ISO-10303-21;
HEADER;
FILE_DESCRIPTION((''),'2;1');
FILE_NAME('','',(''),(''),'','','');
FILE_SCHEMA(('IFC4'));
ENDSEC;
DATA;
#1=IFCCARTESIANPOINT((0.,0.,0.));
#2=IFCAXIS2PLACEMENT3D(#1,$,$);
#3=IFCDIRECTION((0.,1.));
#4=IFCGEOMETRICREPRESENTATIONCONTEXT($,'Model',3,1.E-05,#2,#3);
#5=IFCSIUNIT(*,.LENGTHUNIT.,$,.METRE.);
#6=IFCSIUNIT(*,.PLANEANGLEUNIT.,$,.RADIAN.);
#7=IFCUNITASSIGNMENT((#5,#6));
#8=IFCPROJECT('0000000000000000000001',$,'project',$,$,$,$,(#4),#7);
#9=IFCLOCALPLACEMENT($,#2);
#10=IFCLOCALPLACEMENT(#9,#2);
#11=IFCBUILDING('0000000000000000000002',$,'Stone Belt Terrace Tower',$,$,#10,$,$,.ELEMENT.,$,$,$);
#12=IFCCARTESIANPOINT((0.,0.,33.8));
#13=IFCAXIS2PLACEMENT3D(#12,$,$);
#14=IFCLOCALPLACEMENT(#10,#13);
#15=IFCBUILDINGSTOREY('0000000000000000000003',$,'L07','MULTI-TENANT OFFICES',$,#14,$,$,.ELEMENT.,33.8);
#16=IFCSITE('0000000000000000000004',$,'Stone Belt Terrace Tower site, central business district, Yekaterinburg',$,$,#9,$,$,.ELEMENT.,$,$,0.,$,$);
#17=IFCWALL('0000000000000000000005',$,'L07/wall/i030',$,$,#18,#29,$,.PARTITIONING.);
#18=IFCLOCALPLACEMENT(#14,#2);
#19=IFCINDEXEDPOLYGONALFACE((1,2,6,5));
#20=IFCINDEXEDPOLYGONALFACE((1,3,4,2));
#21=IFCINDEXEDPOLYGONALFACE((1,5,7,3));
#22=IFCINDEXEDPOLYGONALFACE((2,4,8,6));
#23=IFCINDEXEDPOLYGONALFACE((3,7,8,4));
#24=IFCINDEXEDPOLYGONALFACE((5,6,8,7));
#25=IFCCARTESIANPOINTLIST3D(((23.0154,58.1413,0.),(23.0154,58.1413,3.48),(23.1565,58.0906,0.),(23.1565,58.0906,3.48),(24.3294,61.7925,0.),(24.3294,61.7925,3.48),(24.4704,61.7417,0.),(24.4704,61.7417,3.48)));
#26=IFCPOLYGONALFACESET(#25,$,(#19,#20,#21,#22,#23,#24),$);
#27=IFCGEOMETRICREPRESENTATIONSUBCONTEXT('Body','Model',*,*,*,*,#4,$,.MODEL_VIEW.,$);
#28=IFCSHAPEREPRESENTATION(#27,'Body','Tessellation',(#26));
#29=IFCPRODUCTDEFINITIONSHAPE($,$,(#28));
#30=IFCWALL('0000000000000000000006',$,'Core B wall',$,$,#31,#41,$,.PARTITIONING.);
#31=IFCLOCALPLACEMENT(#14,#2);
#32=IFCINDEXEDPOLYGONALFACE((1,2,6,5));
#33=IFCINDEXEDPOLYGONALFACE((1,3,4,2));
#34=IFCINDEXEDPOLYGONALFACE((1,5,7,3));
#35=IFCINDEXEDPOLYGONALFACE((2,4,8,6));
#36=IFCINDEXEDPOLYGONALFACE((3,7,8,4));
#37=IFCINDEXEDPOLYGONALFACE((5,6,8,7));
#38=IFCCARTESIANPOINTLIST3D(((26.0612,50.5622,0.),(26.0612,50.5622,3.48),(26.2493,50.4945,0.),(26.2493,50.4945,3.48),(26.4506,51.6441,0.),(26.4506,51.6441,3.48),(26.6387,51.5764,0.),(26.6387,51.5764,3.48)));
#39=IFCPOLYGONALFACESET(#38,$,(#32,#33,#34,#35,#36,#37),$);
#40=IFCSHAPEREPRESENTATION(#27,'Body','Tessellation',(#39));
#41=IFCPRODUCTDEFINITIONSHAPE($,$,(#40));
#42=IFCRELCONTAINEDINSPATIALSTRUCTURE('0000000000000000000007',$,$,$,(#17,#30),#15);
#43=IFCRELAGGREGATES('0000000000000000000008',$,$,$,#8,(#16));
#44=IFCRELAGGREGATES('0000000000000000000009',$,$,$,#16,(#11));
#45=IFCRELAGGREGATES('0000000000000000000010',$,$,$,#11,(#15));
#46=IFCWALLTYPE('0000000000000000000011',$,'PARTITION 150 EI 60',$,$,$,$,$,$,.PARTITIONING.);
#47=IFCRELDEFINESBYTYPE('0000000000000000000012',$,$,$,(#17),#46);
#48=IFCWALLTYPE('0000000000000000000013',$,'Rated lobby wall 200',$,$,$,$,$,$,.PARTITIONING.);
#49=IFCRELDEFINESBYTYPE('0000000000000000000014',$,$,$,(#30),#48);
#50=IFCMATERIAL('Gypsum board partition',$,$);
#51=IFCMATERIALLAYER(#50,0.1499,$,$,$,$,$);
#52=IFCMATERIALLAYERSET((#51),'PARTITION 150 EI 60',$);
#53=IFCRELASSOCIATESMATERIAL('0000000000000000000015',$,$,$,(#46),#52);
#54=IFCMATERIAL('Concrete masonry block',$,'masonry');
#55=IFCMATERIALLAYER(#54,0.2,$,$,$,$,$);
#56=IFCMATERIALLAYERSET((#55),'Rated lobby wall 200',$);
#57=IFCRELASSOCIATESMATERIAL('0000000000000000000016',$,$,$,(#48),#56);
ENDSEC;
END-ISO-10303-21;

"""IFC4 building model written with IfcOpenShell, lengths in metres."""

from ifc_helpers import new_model, si_unit, direction, frame, frame_2d, origin, place, context, subcontext, project, spatial, rectangle, extrude, material, layer, layer_set, type_object, element, save


model = new_model("IFC4")

# Units and contexts
model_context = context("Model", 3, precision=1e-05, world=origin(), true_north=direction((0.0, 1.0)))
body_context = subcontext(model_context, "Body", "Model", "MODEL_VIEW")
ifc_project = project(units=[si_unit("LENGTHUNIT", "METRE"), si_unit("PLANEANGLEUNIT", "RADIAN")], contexts=[model_context])

# Site, building, storey
site_placement = place(None, origin())
site = spatial("IfcSite", under=ifc_project, at=site_placement, Name="Stone Belt Terrace Tower site, central business district, Yekaterinburg", CompositionType="ELEMENT", RefElevation=0.0)
building_placement = place(site_placement, origin())
building = spatial("IfcBuilding", under=site, at=building_placement, Name="Stone Belt Terrace Tower", CompositionType="ELEMENT")
storey_placement = place(building_placement, frame((0.0, 0.0, 33.8)))
storey = spatial("IfcBuildingStorey", under=building, at=storey_placement, Name="L07", Description="MULTI-TENANT OFFICES", CompositionType="ELEMENT", Elevation=33.8)

# Shared definitions
ifc_material_1 = material(Name="Gypsum board partition")
ifc_layer_1 = layer(ifc_material_1, 0.1499)
ifc_layer_set_1 = layer_set([ifc_layer_1], Name="PARTITION 150 EI 60")
wall_type_1 = type_object("IfcWallType", Name="PARTITION 150 EI 60", PredefinedType="PARTITIONING", material=ifc_layer_set_1)

# Walls
wall_1_placement = place(storey_placement, frame((24.3999, 61.7671, 0.0), z_axis=(0.0, 0.0, 1.0), x_axis=(-0.338619, -0.940923, 0.0)))
element("IfcWall", 1, at=wall_1_placement, inside=storey, type_object=wall_type_1, Name="L07/wall/i030", PredefinedType="PARTITIONING", context=body_context, shape_type="SweptSolid", body=[
    extrude(rectangle(XDim=3.8804, YDim=0.1499, at=frame_2d((1.9402, 0.0))), origin(), (0.0, 0.0, 1.0), 3.48),
])
ifc_material_2 = material(Name="Concrete masonry block", Category="masonry")
ifc_layer_2 = layer(ifc_material_2, 0.2)
ifc_layer_set_2 = layer_set([ifc_layer_2], Name="Rated lobby wall 200")
wall_type_2 = type_object("IfcWallType", Name="Rated lobby wall 200", PredefinedType="PARTITIONING", material=ifc_layer_set_2)
wall_2_placement = place(storey_placement, frame((26.1553, 50.5283, 0.0), z_axis=(0.0, 0.0, 1.0), x_axis=(0.338622, 0.940923, 0.0)))
element("IfcWall", 2, at=wall_2_placement, inside=storey, type_object=wall_type_2, Name="Core B wall", PredefinedType="PARTITIONING", context=body_context, shape_type="SweptSolid", body=[
    extrude(rectangle(XDim=1.1499, YDim=0.2, at=frame_2d((0.575, 0.0))), origin(), (0.0, 0.0, 1.0), 3.48),
])

save(model, "model.ifc")
